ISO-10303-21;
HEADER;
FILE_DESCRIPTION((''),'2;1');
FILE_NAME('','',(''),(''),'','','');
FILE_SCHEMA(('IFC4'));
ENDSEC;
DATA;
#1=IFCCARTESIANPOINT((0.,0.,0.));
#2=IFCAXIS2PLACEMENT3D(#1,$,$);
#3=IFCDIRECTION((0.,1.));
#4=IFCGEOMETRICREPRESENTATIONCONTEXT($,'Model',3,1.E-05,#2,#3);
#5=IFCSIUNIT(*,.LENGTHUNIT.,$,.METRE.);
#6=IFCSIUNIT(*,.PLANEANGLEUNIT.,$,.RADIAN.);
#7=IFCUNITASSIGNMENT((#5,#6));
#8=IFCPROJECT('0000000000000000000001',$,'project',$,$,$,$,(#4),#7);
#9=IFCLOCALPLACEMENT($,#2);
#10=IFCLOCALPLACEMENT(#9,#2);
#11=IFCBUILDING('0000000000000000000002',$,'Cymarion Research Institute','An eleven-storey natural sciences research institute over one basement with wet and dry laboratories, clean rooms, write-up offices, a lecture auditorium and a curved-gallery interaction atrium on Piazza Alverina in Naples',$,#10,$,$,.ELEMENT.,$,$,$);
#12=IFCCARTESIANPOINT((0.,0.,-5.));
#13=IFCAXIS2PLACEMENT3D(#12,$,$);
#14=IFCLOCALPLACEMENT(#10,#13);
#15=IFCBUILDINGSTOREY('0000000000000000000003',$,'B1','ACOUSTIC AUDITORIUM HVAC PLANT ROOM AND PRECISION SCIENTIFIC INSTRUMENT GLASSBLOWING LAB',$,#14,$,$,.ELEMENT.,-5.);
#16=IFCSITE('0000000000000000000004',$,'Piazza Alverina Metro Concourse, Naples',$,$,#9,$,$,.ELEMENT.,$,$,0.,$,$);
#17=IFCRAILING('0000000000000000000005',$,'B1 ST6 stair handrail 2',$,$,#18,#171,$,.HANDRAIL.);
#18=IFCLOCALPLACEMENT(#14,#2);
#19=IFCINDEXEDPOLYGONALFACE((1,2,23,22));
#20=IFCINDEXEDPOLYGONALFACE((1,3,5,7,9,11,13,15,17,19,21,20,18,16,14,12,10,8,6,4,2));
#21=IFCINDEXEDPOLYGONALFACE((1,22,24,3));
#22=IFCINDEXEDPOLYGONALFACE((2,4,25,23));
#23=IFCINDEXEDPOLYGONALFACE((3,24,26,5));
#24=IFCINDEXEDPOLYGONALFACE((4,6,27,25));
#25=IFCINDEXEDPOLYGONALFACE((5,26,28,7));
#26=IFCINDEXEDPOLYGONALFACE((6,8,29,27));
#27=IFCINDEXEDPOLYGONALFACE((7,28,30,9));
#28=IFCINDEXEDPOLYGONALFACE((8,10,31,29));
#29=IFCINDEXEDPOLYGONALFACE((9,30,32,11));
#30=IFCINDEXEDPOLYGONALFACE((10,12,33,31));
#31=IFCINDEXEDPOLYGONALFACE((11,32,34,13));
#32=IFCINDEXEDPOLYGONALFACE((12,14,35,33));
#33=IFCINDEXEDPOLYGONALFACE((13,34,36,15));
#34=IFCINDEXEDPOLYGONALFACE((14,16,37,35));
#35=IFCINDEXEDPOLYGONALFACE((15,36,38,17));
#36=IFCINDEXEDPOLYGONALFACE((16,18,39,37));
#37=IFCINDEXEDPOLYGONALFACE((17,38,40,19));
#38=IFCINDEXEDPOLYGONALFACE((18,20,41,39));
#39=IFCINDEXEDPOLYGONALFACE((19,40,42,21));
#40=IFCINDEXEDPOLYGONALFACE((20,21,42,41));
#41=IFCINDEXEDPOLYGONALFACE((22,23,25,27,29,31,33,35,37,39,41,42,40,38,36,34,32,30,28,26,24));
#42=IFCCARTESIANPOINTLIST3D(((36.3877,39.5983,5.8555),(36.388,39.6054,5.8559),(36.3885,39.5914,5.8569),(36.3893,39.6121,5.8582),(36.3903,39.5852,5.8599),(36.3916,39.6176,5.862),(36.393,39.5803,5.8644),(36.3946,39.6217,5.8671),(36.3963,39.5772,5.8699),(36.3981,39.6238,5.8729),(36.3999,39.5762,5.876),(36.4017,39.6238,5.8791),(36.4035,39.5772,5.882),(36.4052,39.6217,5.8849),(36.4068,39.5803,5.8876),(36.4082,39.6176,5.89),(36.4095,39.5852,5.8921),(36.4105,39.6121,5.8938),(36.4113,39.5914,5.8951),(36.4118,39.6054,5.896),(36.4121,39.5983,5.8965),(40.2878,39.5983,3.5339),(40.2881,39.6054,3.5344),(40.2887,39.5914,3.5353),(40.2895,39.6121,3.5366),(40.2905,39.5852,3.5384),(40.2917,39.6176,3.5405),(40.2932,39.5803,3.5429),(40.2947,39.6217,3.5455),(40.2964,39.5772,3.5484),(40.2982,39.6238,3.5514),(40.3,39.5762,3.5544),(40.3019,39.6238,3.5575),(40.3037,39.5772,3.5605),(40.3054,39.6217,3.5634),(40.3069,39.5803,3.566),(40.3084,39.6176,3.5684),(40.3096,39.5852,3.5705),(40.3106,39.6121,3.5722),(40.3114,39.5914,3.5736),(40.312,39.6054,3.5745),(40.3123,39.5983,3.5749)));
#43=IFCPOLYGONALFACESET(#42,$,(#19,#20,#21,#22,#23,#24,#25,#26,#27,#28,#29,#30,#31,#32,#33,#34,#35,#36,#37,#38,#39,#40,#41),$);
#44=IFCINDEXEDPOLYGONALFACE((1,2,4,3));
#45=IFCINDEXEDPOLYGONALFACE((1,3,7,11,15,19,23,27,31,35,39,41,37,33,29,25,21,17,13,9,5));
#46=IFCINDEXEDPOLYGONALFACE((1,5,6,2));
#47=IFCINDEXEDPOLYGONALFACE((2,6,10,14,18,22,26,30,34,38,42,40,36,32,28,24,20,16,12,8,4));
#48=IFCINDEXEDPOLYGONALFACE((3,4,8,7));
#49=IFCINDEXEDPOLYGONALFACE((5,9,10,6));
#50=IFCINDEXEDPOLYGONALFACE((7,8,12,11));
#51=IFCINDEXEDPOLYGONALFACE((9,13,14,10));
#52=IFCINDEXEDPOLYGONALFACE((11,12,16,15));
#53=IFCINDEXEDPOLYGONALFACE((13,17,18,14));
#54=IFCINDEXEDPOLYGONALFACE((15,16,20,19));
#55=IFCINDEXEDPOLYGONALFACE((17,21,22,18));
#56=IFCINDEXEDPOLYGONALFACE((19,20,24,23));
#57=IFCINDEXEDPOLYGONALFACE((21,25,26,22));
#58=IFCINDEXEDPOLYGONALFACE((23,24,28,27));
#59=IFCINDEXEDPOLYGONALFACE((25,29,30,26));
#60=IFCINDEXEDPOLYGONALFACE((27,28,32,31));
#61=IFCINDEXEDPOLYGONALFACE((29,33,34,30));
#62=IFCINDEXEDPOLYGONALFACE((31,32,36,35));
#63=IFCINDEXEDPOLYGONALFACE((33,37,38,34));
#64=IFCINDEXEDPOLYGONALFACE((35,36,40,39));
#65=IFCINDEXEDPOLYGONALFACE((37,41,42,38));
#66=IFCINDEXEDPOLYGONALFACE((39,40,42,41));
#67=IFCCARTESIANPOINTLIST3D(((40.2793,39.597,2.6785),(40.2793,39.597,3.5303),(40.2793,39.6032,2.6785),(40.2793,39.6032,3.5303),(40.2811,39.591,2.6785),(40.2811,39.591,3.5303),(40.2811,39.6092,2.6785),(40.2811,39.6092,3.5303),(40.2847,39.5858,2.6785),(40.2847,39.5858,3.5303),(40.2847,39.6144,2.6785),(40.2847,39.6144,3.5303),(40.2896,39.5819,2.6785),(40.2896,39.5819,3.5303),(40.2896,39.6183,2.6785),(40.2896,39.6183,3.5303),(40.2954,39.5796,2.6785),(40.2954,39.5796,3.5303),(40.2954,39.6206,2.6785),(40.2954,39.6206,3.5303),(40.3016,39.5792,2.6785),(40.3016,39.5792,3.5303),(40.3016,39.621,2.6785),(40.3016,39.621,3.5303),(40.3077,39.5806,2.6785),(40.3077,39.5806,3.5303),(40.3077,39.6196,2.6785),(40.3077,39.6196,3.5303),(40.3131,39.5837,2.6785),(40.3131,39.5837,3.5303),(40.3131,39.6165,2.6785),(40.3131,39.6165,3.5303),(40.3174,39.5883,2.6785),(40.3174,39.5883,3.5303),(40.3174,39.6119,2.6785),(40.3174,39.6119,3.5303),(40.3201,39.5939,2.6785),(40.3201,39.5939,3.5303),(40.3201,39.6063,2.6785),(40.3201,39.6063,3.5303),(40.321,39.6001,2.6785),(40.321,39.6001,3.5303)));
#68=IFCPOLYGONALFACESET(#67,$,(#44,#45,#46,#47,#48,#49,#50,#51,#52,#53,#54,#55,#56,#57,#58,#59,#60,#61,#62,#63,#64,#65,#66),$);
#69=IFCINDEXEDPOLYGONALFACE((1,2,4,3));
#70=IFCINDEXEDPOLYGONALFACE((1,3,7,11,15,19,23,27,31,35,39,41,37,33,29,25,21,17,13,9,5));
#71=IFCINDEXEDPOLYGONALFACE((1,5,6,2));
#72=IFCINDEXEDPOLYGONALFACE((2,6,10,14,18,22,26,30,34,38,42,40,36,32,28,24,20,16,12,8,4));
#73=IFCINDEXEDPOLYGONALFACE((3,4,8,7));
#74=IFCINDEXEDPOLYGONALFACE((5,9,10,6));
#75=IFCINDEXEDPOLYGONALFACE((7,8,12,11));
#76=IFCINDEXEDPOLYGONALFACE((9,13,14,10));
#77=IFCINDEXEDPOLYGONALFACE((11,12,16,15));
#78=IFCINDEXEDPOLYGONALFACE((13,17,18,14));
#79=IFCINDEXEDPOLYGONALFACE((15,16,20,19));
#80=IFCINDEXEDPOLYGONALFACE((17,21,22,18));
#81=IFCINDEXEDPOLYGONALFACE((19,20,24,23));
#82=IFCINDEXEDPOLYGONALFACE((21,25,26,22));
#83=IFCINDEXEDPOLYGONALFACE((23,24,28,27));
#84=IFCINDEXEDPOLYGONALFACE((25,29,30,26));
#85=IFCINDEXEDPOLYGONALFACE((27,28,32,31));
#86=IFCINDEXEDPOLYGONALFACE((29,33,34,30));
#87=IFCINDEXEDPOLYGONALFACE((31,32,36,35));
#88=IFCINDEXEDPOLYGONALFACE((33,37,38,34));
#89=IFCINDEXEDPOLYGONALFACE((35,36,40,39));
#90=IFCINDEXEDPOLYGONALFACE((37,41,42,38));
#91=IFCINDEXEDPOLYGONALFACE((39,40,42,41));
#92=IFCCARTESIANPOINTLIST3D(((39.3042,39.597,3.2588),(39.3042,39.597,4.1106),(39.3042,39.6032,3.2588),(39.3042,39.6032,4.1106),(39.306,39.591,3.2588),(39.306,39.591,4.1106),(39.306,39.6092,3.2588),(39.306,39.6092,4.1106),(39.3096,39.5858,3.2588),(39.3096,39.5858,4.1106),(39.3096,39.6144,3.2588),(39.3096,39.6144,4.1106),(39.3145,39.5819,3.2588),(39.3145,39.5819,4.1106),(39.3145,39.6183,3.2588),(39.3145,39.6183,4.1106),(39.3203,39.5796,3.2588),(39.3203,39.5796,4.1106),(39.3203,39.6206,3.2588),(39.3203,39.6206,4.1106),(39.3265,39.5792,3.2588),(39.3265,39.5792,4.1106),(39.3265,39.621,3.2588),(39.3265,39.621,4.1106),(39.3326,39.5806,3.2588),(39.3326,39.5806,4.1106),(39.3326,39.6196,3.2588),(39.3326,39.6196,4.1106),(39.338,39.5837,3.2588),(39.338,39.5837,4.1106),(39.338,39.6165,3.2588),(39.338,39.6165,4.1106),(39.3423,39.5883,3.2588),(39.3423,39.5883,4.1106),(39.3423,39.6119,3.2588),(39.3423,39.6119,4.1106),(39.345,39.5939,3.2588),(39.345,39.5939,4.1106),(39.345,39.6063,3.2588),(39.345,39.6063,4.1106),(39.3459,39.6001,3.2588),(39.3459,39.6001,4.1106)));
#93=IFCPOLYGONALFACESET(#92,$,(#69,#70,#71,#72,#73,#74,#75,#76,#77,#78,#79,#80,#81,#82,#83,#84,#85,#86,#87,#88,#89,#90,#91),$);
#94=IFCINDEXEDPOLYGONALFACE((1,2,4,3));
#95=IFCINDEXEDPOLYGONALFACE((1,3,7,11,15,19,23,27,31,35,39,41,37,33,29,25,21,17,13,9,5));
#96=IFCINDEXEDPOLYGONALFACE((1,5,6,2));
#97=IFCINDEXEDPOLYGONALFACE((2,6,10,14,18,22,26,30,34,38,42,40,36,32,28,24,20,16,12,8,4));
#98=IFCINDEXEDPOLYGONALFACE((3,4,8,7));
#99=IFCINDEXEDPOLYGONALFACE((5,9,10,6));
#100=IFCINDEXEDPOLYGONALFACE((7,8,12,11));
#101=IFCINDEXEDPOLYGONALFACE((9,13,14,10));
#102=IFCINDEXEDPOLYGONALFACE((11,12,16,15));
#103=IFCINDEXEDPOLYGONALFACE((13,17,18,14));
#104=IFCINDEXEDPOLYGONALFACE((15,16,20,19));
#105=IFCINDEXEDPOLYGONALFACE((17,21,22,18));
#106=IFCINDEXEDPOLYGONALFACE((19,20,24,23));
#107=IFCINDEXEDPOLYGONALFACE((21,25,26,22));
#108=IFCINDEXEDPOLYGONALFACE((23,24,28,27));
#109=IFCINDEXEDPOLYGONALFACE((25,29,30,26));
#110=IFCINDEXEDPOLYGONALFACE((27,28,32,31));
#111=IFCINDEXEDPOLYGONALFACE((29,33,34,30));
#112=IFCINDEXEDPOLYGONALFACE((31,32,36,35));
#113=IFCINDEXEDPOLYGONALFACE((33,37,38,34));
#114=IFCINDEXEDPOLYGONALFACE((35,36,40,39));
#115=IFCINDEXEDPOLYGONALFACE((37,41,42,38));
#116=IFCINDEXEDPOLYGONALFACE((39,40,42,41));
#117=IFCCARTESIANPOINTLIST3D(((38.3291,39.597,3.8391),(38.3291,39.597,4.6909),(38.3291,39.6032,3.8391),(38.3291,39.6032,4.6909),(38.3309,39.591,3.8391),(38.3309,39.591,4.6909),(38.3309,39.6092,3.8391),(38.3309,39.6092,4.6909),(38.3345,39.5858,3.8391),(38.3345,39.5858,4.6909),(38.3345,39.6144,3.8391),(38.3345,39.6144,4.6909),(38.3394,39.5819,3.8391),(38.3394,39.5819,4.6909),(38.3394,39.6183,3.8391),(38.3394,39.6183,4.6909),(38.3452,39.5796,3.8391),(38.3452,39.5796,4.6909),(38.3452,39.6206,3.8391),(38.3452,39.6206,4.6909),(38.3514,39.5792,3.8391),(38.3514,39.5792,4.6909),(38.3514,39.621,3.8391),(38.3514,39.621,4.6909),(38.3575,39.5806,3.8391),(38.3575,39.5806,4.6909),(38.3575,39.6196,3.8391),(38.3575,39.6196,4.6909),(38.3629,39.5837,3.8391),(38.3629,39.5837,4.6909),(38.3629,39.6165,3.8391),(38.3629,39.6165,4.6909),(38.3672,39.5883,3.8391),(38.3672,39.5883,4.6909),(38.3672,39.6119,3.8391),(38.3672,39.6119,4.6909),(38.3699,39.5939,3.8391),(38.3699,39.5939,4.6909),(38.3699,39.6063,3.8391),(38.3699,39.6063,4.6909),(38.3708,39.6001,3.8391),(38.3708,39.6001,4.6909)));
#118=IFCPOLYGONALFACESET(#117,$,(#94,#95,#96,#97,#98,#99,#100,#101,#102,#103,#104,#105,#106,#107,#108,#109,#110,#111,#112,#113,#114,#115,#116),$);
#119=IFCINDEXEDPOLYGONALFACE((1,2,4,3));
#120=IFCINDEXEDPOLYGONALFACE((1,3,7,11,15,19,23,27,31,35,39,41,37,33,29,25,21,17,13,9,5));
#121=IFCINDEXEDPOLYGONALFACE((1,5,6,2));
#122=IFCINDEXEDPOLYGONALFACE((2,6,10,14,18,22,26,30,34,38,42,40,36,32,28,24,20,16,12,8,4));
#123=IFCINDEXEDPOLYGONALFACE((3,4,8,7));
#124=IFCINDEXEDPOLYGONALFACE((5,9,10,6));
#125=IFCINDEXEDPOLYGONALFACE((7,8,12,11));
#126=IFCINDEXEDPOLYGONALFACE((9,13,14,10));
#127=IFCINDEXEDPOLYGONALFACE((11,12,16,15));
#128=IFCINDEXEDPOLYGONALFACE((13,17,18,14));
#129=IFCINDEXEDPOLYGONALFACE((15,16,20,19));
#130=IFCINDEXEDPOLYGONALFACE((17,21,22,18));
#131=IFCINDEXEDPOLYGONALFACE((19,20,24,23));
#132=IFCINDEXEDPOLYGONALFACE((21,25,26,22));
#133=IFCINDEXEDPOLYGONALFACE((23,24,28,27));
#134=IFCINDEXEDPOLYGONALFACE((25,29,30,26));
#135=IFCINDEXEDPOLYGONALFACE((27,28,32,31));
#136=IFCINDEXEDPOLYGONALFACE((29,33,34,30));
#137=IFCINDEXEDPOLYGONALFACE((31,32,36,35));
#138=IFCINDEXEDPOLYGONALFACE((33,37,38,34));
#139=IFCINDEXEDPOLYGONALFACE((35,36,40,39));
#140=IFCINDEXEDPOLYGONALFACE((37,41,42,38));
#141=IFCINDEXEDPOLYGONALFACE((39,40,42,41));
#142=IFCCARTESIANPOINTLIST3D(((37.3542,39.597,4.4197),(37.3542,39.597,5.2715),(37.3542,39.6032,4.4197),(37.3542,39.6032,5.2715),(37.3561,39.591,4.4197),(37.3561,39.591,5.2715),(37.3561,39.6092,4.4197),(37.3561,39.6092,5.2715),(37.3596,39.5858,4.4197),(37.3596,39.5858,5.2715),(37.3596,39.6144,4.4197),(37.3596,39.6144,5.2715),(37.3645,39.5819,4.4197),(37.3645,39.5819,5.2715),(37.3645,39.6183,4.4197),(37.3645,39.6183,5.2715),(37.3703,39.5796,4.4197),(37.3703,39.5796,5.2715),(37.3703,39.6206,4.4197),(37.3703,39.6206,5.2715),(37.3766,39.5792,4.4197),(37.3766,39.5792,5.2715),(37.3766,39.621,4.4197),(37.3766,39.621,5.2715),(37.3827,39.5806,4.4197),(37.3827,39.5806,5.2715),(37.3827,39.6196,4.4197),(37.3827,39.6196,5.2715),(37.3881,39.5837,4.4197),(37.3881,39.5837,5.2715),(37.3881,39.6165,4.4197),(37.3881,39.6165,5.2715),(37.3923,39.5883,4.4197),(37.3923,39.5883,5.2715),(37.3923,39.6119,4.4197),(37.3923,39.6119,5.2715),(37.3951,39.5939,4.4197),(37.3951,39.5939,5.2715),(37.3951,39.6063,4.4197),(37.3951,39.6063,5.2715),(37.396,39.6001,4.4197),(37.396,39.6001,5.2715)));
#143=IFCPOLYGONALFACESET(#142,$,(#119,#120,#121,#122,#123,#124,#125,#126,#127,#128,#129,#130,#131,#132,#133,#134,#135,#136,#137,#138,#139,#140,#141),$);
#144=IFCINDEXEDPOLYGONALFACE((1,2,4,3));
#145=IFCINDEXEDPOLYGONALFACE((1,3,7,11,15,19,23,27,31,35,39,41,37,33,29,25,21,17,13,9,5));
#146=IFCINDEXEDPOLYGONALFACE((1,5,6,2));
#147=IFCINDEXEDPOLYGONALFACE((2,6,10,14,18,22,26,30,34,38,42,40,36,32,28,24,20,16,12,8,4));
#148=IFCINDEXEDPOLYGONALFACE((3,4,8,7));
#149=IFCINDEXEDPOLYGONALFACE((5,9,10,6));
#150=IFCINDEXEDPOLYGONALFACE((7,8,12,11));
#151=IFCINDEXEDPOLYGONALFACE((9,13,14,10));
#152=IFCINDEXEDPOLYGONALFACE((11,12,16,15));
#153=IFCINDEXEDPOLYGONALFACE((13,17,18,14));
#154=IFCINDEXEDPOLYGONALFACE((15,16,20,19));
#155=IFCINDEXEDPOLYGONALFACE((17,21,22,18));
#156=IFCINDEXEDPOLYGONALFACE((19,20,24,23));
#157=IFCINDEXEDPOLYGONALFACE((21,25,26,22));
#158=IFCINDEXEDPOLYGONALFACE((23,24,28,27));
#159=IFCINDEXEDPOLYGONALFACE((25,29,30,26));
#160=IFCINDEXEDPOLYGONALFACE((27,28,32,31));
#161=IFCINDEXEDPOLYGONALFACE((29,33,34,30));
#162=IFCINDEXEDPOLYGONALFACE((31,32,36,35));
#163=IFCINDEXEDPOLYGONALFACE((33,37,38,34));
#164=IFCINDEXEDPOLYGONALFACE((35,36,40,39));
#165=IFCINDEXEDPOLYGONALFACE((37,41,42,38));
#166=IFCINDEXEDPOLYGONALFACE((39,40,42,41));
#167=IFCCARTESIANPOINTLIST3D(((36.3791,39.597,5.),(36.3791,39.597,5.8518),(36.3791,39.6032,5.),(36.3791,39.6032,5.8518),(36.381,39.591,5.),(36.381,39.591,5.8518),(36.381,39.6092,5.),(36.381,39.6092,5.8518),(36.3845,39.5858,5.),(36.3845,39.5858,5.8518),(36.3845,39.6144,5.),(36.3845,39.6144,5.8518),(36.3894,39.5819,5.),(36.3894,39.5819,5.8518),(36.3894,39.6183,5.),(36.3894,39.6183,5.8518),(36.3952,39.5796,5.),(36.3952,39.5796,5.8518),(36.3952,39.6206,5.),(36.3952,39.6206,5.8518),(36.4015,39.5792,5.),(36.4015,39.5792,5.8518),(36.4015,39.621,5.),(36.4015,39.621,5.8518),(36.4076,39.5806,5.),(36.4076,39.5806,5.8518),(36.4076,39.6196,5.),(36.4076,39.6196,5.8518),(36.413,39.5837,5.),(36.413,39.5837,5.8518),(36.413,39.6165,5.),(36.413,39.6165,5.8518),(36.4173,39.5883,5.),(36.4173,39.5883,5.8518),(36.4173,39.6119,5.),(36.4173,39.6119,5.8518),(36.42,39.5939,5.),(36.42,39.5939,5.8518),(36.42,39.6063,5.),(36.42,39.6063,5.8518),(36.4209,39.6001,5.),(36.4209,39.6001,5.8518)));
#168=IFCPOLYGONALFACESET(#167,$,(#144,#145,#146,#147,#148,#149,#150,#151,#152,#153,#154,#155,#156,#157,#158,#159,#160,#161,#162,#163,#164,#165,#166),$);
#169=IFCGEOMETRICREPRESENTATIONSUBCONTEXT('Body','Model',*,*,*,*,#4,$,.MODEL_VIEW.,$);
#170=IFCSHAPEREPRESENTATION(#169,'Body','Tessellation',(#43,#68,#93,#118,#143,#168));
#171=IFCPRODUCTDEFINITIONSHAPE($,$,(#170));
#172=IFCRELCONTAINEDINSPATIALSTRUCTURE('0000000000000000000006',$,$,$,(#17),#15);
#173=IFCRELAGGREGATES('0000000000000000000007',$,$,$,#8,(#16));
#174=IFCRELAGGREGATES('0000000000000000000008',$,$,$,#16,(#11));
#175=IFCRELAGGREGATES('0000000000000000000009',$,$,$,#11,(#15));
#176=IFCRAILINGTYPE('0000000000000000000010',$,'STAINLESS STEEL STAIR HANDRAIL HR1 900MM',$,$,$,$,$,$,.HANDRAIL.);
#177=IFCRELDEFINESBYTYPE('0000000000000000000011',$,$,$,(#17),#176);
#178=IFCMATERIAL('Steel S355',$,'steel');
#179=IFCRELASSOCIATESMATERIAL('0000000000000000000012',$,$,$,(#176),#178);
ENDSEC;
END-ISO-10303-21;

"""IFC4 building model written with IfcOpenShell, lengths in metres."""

from ifc_helpers import new_model, si_unit, direction, frame, origin, origin_2d, place, context, subcontext, project, spatial, circle, extrude, material, type_object, element, save


model = new_model("IFC4")

# Units and contexts
model_context = context("Model", 3, precision=1e-05, world=origin(), true_north=direction((0.0, 1.0)))
body_context = subcontext(model_context, "Body", "Model", "MODEL_VIEW")
ifc_project = project(units=[si_unit("LENGTHUNIT", "METRE"), si_unit("PLANEANGLEUNIT", "RADIAN")], contexts=[model_context])

# Site, building, storey
site_placement = place(None, origin())
site = spatial("IfcSite", under=ifc_project, at=site_placement, Name="Piazza Alverina Metro Concourse, Naples", CompositionType="ELEMENT", RefElevation=0.0)
building_placement = place(site_placement, origin())
building = spatial("IfcBuilding", under=site, at=building_placement, Name="Cymarion Research Institute", Description="An eleven-storey natural sciences research institute over one basement with wet and dry laboratories, clean rooms, write-up offices, a lecture auditorium and a curved-gallery interaction atrium on Piazza Alverina in Naples", CompositionType="ELEMENT")
storey_placement = place(building_placement, frame((0.0, 0.0, -5.0)))
storey = spatial("IfcBuildingStorey", under=building, at=storey_placement, Name="B1", Description="ACOUSTIC AUDITORIUM HVAC PLANT ROOM AND PRECISION SCIENTIFIC INSTRUMENT GLASSBLOWING LAB", CompositionType="ELEMENT", Elevation=-5.0)

# Shared definitions
ifc_material_1 = material(Name="Steel S355", Category="steel")

# Railing
railing_type = type_object("IfcRailingType", Name="STAINLESS STEEL STAIR HANDRAIL HR1 900MM", PredefinedType="HANDRAIL", material=ifc_material_1)
railing_placement = place(storey_placement, frame((40.3, 39.6001, 2.6785)))
element("IfcRailing", 1, at=railing_placement, inside=storey, type_object=railing_type, Name="B1 ST6 stair handrail 2", PredefinedType="HANDRAIL", context=body_context, shape_type="SweptSolid", body=[
    extrude(circle(Radius=0.0239, at=origin_2d()), frame((0.0, 0.0, 0.876), z_axis=(-0.859291, 0.0, 0.511487), x_axis=(0.0, -1.0, 0.0)), (0.0, 0.0, 1.0), 4.5388),
    extrude(circle(Radius=0.021, at=origin_2d()), origin(), (0.0, 0.0, 1.0), 0.8518),
    extrude(circle(Radius=0.021, at=origin_2d()), frame((-0.9751, 0.0, 0.5803)), (0.0, 0.0, 1.0), 0.8518),
    extrude(circle(Radius=0.021, at=origin_2d()), frame((-1.9502, 0.0, 1.1606)), (0.0, 0.0, 1.0), 0.8518),
    extrude(circle(Radius=0.021, at=origin_2d()), frame((-2.925, 0.0, 1.7412)), (0.0, 0.0, 1.0), 0.8518),
    extrude(circle(Radius=0.021, at=origin_2d()), frame((-3.9001, 0.0, 2.3215)), (0.0, 0.0, 1.0), 0.8518),
])

save(model, "model.ifc")
